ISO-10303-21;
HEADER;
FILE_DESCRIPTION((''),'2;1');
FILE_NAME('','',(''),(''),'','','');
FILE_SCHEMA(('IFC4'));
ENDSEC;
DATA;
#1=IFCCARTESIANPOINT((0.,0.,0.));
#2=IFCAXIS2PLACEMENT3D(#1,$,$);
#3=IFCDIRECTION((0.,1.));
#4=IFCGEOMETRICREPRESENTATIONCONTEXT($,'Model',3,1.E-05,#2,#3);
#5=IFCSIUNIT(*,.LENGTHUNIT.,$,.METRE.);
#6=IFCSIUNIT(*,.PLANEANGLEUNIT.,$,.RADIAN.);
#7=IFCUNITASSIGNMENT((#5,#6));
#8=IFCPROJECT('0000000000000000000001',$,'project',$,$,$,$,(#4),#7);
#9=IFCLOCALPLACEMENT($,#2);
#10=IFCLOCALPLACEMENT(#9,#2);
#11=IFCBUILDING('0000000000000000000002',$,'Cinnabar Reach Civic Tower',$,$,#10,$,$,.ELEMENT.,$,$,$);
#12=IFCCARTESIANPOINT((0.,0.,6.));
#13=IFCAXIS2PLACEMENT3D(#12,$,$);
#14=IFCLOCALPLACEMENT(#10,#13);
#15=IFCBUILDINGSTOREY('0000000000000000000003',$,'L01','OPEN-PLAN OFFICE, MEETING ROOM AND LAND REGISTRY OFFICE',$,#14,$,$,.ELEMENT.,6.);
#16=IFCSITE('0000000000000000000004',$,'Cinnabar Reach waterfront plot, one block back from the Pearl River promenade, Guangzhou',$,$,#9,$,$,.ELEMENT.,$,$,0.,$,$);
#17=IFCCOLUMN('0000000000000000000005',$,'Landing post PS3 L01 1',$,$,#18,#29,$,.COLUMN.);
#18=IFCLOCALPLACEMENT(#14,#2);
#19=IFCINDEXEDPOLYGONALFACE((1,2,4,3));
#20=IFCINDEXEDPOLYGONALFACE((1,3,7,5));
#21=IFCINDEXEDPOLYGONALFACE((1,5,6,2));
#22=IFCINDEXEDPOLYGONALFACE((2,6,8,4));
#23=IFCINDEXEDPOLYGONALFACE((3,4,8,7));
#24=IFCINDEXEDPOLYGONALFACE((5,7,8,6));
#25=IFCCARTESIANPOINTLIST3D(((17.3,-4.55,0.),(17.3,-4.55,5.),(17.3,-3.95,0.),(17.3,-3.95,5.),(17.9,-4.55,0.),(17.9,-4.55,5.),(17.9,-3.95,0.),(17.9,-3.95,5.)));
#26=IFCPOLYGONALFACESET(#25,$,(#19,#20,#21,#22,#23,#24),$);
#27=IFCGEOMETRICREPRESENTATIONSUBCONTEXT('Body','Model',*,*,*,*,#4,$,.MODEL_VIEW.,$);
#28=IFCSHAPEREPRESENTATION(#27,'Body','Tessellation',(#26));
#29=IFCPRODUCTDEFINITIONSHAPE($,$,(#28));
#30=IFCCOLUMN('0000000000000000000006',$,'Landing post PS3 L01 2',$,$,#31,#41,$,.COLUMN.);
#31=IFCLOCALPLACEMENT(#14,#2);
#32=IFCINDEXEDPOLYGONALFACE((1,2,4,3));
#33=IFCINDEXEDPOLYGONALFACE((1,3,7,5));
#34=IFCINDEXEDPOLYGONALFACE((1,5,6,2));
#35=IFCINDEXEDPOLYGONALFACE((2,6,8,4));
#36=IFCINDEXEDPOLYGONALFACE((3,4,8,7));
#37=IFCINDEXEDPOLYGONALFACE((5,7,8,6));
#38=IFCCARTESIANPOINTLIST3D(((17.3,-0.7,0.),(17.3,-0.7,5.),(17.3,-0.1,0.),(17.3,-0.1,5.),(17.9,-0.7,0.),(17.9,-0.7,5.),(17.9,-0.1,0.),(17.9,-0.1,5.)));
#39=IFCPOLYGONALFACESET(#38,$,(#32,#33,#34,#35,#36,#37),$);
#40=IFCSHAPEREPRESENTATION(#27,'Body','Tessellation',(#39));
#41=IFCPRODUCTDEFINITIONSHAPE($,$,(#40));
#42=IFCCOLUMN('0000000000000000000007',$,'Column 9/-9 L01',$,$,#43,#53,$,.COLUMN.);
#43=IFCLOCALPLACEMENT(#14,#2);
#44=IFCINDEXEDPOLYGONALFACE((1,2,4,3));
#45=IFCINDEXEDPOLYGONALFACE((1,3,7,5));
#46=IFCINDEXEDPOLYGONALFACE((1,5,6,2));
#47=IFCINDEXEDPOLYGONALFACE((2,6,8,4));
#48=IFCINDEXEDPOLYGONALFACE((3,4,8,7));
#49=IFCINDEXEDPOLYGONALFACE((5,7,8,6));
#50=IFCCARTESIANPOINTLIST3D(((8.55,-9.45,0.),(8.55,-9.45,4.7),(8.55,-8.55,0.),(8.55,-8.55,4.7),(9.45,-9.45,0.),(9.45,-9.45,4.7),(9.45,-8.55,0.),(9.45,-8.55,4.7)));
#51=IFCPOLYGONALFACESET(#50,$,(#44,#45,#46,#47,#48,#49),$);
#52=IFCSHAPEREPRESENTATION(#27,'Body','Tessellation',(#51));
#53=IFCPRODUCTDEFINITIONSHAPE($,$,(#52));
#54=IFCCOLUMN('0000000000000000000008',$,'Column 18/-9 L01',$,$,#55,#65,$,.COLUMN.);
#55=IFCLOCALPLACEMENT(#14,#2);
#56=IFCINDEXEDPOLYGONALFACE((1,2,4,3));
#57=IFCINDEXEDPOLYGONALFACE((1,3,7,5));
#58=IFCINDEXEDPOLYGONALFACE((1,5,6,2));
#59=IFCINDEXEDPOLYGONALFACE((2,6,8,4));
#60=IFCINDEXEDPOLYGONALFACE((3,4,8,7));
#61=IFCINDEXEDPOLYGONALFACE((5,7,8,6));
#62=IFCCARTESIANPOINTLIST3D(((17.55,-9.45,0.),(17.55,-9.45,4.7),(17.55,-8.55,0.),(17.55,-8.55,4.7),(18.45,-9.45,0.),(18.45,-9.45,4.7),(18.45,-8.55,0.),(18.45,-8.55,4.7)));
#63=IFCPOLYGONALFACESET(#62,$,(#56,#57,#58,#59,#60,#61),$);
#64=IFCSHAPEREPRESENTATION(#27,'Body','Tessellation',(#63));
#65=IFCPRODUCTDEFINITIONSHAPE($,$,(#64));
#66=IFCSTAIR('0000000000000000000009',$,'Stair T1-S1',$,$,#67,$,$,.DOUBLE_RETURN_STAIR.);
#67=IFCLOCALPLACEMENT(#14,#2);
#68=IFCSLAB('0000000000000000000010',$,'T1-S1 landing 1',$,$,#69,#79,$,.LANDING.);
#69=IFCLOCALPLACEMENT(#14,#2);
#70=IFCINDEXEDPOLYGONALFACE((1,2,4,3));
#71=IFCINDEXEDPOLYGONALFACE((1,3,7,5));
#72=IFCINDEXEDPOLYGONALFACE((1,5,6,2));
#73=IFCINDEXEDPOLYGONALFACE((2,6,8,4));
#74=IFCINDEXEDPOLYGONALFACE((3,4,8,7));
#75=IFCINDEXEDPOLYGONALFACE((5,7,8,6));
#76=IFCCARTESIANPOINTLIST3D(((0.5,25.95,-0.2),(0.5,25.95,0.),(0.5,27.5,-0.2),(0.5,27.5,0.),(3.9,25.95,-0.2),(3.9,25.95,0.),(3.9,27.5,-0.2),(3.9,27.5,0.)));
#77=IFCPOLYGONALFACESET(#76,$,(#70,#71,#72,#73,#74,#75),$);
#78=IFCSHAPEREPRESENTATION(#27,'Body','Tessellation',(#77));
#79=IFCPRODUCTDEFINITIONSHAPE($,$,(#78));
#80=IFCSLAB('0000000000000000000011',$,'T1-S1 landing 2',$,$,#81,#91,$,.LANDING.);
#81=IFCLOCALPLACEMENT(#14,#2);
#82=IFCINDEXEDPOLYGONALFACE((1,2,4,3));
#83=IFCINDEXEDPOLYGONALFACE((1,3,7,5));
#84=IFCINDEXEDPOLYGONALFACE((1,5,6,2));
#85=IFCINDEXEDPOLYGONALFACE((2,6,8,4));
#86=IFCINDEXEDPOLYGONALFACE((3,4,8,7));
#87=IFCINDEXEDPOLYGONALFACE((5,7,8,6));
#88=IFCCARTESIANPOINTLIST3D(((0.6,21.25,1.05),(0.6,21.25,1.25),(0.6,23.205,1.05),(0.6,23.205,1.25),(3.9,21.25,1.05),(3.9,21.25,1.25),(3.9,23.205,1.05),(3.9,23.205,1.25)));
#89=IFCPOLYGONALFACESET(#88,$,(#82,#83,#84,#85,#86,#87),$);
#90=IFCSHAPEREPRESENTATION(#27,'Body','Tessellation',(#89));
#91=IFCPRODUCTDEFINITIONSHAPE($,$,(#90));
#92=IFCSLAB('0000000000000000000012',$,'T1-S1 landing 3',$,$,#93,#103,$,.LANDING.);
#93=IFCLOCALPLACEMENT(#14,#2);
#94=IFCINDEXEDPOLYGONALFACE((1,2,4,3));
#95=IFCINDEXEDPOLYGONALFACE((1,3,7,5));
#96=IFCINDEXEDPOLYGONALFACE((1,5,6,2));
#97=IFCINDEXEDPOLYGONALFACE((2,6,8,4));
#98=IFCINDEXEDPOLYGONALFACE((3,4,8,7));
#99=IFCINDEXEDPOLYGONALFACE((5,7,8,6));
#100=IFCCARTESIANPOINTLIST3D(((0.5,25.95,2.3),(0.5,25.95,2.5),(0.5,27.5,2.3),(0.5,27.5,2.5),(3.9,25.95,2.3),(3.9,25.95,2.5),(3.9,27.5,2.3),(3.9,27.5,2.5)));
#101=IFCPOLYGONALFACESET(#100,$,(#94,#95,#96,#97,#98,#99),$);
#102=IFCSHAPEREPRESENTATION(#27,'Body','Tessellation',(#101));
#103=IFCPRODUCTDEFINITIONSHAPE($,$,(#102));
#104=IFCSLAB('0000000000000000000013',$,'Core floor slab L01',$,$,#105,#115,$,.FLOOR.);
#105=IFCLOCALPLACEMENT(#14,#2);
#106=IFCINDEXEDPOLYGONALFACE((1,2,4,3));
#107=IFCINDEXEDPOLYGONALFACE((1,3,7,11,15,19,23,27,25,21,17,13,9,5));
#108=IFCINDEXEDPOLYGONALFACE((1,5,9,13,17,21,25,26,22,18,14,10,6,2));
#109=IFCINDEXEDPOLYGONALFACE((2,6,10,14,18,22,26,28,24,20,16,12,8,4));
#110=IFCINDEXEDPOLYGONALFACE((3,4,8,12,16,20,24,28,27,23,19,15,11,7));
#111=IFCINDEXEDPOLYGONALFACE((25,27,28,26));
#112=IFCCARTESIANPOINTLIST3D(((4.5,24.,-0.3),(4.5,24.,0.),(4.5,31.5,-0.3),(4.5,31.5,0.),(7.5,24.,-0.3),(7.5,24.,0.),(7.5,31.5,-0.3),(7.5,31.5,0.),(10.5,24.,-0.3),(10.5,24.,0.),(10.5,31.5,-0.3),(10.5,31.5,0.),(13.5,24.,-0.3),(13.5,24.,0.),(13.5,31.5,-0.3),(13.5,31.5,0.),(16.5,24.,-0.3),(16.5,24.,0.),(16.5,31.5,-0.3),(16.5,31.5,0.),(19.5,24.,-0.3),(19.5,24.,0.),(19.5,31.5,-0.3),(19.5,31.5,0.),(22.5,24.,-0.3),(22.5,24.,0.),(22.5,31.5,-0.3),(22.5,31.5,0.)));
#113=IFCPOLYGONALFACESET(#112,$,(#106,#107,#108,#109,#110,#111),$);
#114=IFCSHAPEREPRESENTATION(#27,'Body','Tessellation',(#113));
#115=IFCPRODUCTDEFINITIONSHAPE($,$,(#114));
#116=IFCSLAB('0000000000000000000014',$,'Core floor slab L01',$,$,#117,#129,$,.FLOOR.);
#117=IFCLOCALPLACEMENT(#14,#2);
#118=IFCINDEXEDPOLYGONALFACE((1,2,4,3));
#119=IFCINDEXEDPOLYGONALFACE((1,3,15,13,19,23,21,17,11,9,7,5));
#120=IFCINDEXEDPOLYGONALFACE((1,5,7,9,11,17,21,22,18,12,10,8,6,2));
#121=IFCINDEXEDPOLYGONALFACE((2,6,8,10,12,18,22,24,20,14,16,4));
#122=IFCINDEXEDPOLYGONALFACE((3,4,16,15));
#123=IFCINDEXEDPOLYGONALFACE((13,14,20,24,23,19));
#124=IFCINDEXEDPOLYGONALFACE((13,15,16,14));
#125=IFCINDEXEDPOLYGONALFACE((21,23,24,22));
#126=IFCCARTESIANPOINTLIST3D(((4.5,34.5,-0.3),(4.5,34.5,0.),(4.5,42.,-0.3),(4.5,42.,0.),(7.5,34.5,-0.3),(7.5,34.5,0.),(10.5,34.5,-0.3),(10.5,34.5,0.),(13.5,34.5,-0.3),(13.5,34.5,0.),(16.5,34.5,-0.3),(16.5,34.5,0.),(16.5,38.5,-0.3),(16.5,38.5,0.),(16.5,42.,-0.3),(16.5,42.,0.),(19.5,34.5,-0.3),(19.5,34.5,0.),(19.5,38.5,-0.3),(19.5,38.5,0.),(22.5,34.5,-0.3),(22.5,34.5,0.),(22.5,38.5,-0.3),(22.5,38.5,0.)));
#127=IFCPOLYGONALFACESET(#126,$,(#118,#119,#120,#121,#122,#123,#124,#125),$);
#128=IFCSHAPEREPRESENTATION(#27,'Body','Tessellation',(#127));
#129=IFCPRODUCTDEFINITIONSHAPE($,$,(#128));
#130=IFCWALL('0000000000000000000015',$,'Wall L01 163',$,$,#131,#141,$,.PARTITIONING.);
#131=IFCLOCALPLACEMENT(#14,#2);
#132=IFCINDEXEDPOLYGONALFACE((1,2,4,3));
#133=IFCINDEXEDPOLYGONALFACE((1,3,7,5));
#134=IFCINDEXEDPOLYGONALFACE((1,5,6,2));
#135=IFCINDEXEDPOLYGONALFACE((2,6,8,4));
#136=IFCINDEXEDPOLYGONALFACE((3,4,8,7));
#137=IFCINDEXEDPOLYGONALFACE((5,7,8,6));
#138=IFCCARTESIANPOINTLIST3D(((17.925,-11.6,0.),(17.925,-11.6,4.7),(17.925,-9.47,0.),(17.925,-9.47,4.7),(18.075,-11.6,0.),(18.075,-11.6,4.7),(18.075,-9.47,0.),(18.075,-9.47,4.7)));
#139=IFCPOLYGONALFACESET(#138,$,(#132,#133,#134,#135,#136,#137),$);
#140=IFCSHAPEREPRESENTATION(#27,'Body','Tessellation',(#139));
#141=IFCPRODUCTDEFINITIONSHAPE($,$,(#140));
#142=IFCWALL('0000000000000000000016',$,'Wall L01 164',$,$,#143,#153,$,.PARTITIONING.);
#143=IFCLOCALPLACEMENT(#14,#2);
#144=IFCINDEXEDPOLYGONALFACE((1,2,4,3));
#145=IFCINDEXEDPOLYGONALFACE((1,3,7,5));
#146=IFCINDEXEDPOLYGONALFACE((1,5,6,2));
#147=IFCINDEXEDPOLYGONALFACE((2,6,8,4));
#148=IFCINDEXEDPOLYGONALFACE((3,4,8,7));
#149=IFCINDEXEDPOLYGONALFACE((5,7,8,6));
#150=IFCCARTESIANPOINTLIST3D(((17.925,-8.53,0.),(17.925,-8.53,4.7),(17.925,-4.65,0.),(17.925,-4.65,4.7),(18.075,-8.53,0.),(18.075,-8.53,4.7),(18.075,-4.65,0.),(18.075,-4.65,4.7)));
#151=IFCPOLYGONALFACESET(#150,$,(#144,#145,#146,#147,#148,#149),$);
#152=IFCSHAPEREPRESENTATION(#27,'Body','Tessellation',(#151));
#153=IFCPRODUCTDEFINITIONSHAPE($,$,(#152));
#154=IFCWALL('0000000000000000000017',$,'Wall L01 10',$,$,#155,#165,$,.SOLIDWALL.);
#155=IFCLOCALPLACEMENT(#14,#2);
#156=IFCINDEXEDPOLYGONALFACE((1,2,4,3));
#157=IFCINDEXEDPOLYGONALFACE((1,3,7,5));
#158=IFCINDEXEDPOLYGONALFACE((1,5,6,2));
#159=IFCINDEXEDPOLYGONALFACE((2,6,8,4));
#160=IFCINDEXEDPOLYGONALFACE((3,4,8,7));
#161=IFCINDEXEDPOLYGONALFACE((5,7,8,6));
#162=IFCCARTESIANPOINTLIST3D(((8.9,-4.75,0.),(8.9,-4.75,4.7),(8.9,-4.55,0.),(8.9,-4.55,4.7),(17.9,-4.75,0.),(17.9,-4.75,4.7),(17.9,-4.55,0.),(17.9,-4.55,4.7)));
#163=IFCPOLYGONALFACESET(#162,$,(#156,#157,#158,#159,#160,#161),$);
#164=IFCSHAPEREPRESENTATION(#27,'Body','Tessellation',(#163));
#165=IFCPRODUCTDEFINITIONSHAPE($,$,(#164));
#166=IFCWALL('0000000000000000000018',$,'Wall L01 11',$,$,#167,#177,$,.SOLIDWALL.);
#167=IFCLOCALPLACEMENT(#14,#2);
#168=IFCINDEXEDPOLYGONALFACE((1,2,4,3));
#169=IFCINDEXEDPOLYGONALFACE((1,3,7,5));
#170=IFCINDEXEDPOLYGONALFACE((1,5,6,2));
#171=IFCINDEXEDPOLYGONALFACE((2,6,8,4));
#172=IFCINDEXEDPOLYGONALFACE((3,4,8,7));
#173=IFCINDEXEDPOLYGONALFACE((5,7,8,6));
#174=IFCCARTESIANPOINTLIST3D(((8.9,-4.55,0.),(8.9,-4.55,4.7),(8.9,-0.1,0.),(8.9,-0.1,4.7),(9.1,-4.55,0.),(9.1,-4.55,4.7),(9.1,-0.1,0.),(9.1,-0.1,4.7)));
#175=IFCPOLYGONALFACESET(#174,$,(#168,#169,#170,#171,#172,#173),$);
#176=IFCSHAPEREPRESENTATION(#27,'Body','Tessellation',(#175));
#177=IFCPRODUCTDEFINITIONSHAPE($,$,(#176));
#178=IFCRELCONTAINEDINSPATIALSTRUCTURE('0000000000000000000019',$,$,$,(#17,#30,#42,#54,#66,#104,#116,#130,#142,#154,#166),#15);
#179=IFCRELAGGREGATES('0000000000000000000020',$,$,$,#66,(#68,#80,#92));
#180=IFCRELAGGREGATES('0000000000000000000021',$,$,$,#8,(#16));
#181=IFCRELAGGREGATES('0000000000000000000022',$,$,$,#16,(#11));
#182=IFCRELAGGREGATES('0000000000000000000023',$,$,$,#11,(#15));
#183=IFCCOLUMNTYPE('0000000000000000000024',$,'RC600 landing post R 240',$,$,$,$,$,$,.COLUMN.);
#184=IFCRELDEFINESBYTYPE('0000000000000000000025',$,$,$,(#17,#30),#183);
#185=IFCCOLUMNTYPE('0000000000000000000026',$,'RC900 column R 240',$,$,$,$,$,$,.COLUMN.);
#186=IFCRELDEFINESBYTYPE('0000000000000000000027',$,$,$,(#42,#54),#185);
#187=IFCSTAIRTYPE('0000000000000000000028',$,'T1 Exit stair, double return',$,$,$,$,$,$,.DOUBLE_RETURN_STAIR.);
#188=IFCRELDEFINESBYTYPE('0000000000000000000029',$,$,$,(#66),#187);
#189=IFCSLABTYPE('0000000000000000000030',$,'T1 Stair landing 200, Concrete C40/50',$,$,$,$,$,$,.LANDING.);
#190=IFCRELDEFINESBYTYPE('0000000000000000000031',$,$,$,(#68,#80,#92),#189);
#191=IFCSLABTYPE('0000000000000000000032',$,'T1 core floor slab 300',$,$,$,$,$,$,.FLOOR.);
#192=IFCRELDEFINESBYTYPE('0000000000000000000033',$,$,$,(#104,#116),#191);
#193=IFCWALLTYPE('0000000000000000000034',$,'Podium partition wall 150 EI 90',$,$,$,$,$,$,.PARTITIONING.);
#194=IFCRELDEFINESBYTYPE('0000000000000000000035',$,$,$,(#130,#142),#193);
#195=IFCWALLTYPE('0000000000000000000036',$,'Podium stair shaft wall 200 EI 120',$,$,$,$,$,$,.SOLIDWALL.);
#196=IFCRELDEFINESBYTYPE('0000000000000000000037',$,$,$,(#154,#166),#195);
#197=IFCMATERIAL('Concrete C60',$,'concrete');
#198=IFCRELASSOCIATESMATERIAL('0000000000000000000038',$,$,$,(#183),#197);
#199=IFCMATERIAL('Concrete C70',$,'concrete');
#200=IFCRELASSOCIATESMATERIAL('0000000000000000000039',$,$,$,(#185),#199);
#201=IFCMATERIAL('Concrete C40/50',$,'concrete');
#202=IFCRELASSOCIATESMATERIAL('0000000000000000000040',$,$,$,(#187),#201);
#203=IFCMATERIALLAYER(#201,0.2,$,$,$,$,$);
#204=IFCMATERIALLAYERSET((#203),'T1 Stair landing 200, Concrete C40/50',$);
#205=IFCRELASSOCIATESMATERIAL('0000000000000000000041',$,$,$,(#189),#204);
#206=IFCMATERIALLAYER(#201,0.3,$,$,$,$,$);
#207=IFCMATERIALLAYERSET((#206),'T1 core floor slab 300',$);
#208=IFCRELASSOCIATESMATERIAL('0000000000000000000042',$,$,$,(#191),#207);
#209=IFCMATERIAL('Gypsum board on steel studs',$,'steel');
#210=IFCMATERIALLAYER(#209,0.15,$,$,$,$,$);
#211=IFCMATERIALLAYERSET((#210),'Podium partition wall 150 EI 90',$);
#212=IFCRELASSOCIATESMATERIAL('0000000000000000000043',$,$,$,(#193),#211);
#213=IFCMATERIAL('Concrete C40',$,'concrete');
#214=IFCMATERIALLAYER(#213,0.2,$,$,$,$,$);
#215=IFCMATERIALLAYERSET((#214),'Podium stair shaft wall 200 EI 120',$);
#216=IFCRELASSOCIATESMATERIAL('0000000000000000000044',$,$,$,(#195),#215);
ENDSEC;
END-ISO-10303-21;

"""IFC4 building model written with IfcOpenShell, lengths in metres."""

from ifc_helpers import new_model, si_unit, direction, frame, frame_2d, origin, origin_2d, place, context, subcontext, project, spatial, polyline, rectangle, outline, extrude, material, layer, layer_set, material_profile, profile_set, type_object, element, aggregate, save


model = new_model("IFC4")

# Units and contexts
model_context = context("Model", 3, precision=1e-05, world=origin(), true_north=direction((0.0, 1.0)))
body_context = subcontext(model_context, "Body", "Model", "MODEL_VIEW")
ifc_project = project(units=[si_unit("LENGTHUNIT", "METRE"), si_unit("PLANEANGLEUNIT", "RADIAN")], contexts=[model_context])

# Site, building, storey
site_placement = place(None, origin())
site = spatial("IfcSite", under=ifc_project, at=site_placement, Name="Cinnabar Reach waterfront plot, one block back from the Pearl River promenade, Guangzhou", CompositionType="ELEMENT", RefElevation=0.0)
building_placement = place(site_placement, origin())
building = spatial("IfcBuilding", under=site, at=building_placement, Name="Cinnabar Reach Civic Tower", CompositionType="ELEMENT")
storey_placement = place(building_placement, frame((0.0, 0.0, 6.0)))
storey = spatial("IfcBuildingStorey", under=building, at=storey_placement, Name="L01", Description="OPEN-PLAN OFFICE, MEETING ROOM AND LAND REGISTRY OFFICE", CompositionType="ELEMENT", Elevation=6.0)

# Columns
ifc_material_1 = material(Name="Concrete C60", Category="concrete")
ifc_material_profile_1 = material_profile(ifc_material_1, rectangle(XDim=0.6, YDim=0.6, at=origin_2d()), Name="RC600")
ifc_profile_set_1 = profile_set([ifc_material_profile_1], Name="Concrete C60")
column_type_1 = type_object("IfcColumnType", Name="RC600 landing post R 240", PredefinedType="COLUMN", material=ifc_profile_set_1)
for number, where, z_axis, x_axis, name in (
    (1, (17.6, -4.25, 0.0), (0.0, 0.0, 1.0), (1.0, 0.0, 0.0), "Landing post PS3 L01 1"),
    (2, (17.6, -0.4, 0.0), (0.0, 0.0, 1.0), (1.0, 0.0, 0.0), "Landing post PS3 L01 2"),
):
    element("IfcColumn", number, at=place(storey_placement, frame(where, z_axis=z_axis, x_axis=x_axis)), inside=storey, type_object=column_type_1, Name=name, PredefinedType="COLUMN", context=body_context, shape_type="SweptSolid", body=[
        extrude(rectangle(XDim=0.6, YDim=0.6, at=origin_2d()), origin(), (0.0, 0.0, 1.0), 5.0),
    ])
ifc_material_2 = material(Name="Concrete C70", Category="concrete")
ifc_material_profile_2 = material_profile(ifc_material_2, rectangle(XDim=0.9, YDim=0.9, at=origin_2d()), Name="RC900")
ifc_profile_set_2 = profile_set([ifc_material_profile_2], Name="Concrete C70")
column_type_2 = type_object("IfcColumnType", Name="RC900 column R 240", PredefinedType="COLUMN", material=ifc_profile_set_2)
for number, where, z_axis, x_axis, name in (
    (3, (9.0, -9.0, 0.0), (0.0, 0.0, 1.0), (1.0, 0.0, 0.0), "Column 9/-9 L01"),
    (4, (18.0, -9.0, 0.0), (0.0, 0.0, 1.0), (1.0, 0.0, 0.0), "Column 18/-9 L01"),
):
    element("IfcColumn", number, at=place(storey_placement, frame(where, z_axis=z_axis, x_axis=x_axis)), inside=storey, type_object=column_type_2, Name=name, PredefinedType="COLUMN", context=body_context, shape_type="SweptSolid", body=[
        extrude(rectangle(XDim=0.9, YDim=0.9, at=origin_2d()), origin(), (0.0, 0.0, 1.0), 4.7),
    ])

# Stair, slabs
ifc_material_3 = material(Name="Concrete C40/50", Category="concrete")
stair_type_1 = type_object("IfcStairType", Name="T1 Exit stair, double return", PredefinedType="DOUBLE_RETURN_STAIR", material=ifc_material_3)
stair_1_placement = place(storey_placement, origin())
stair_1 = element("IfcStair", 5, at=stair_1_placement, inside=storey, type_object=stair_type_1, Name="Stair T1-S1", PredefinedType="DOUBLE_RETURN_STAIR")
ifc_layer_1 = layer(ifc_material_3, 0.2)
ifc_layer_set_1 = layer_set([ifc_layer_1], Name="T1 Stair landing 200, Concrete C40/50")
slab_type_1 = type_object("IfcSlabType", Name="T1 Stair landing 200, Concrete C40/50", PredefinedType="LANDING", material=ifc_layer_set_1)
slab_1_placement = place(storey_placement, frame((0.0, 0.0, -0.2)))
slab_1 = element("IfcSlab", 6, at=slab_1_placement, type_object=slab_type_1, Name="T1-S1 landing 1", PredefinedType="LANDING", context=body_context, shape_type="SweptSolid", body=[
    extrude(outline(polyline([(3.9, 25.95), (3.9, 27.5), (0.5, 27.5), (0.5, 25.95), (3.9, 25.95)])), origin(), (0.0, 0.0, 1.0), 0.2),
])
slab_2_placement = place(storey_placement, frame((0.0, 0.0, 1.05)))
slab_2 = element("IfcSlab", 7, at=slab_2_placement, type_object=slab_type_1, Name="T1-S1 landing 2", PredefinedType="LANDING", context=body_context, shape_type="SweptSolid", body=[
    extrude(outline(polyline([(3.9, 21.25), (3.9, 23.205), (0.6, 23.205), (0.6, 21.25), (3.9, 21.25)])), origin(), (0.0, 0.0, 1.0), 0.2),
])
slab_3_placement = place(storey_placement, frame((0.0, 0.0, 2.3)))
slab_3 = element("IfcSlab", 8, at=slab_3_placement, type_object=slab_type_1, Name="T1-S1 landing 3", PredefinedType="LANDING", context=body_context, shape_type="SweptSolid", body=[
    extrude(outline(polyline([(3.9, 25.95), (3.9, 27.5), (0.5, 27.5), (0.5, 25.95), (3.9, 25.95)])), origin(), (0.0, 0.0, 1.0), 0.2),
])
aggregate(stair_1, [slab_1, slab_2, slab_3])

# Slabs
ifc_layer_2 = layer(ifc_material_3, 0.3)
ifc_layer_set_2 = layer_set([ifc_layer_2], Name="T1 core floor slab 300")
slab_type_2 = type_object("IfcSlabType", Name="T1 core floor slab 300", PredefinedType="FLOOR", material=ifc_layer_set_2)
slab_4_placement = place(storey_placement, frame((0.0, 0.0, -0.3)))
element("IfcSlab", 9, at=slab_4_placement, inside=storey, type_object=slab_type_2, Name="Core floor slab L01", PredefinedType="FLOOR", context=body_context, shape_type="SweptSolid", body=[
    extrude(outline(polyline([(22.5, 24.0), (19.5, 24.0), (16.5, 24.0), (13.5, 24.0), (10.5, 24.0), (7.5, 24.0), (4.5, 24.0), (4.5, 31.5), (7.5, 31.5), (10.5, 31.5), (13.5, 31.5), (16.5, 31.5), (19.5, 31.5), (22.5, 31.5), (22.5, 24.0)])), origin(), (0.0, 0.0, 1.0), 0.3),
])
slab_5_placement = place(storey_placement, frame((0.0, 0.0, -0.3)))
element("IfcSlab", 10, at=slab_5_placement, inside=storey, type_object=slab_type_2, Name="Core floor slab L01", PredefinedType="FLOOR", context=body_context, shape_type="SweptSolid", body=[
    extrude(outline(polyline([(22.5, 34.5), (19.5, 34.5), (16.5, 34.5), (13.5, 34.5), (10.5, 34.5), (7.5, 34.5), (4.5, 34.5), (4.5, 42.0), (16.5, 42.0), (16.5, 38.5), (19.5, 38.5), (22.5, 38.5), (22.5, 34.5)])), origin(), (0.0, 0.0, 1.0), 0.3),
])

# Walls
ifc_material_4 = material(Name="Gypsum board on steel studs", Category="steel")
ifc_layer_3 = layer(ifc_material_4, 0.15)
ifc_layer_set_3 = layer_set([ifc_layer_3], Name="Podium partition wall 150 EI 90")
wall_type_1 = type_object("IfcWallType", Name="Podium partition wall 150 EI 90", PredefinedType="PARTITIONING", material=ifc_layer_set_3)
wall_1_placement = place(storey_placement, frame((18.0, -11.6, 0.0), z_axis=(0.0, 0.0, 1.0), x_axis=(0.0, 1.0, 0.0)))
element("IfcWall", 11, at=wall_1_placement, inside=storey, type_object=wall_type_1, Name="Wall L01 163", PredefinedType="PARTITIONING", context=body_context, shape_type="SweptSolid", body=[
    extrude(rectangle(XDim=2.13, YDim=0.15, at=frame_2d((1.065, 0.0))), origin(), (0.0, 0.0, 1.0), 4.7),
])
wall_2_placement = place(storey_placement, frame((18.0, -8.53, 0.0), z_axis=(0.0, 0.0, 1.0), x_axis=(0.0, 1.0, 0.0)))
element("IfcWall", 12, at=wall_2_placement, inside=storey, type_object=wall_type_1, Name="Wall L01 164", PredefinedType="PARTITIONING", context=body_context, shape_type="SweptSolid", body=[
    extrude(rectangle(XDim=3.88, YDim=0.15, at=frame_2d((1.94, 0.0))), origin(), (0.0, 0.0, 1.0), 4.7),
])
ifc_material_5 = material(Name="Concrete C40", Category="concrete")
ifc_layer_4 = layer(ifc_material_5, 0.2)
ifc_layer_set_4 = layer_set([ifc_layer_4], Name="Podium stair shaft wall 200 EI 120")
wall_type_2 = type_object("IfcWallType", Name="Podium stair shaft wall 200 EI 120", PredefinedType="SOLIDWALL", material=ifc_layer_set_4)
wall_3_placement = place(storey_placement, frame((8.9, -4.65, 0.0), z_axis=(0.0, 0.0, 1.0), x_axis=(1.0, 0.0, 0.0)))
element("IfcWall", 13, at=wall_3_placement, inside=storey, type_object=wall_type_2, Name="Wall L01 10", PredefinedType="SOLIDWALL", context=body_context, shape_type="SweptSolid", body=[
    extrude(rectangle(XDim=9.0, YDim=0.2, at=frame_2d((4.5, 0.0))), origin(), (0.0, 0.0, 1.0), 4.7),
])
wall_4_placement = place(storey_placement, frame((9.0, -4.55, 0.0), z_axis=(0.0, 0.0, 1.0), x_axis=(0.0, 1.0, 0.0)))
element("IfcWall", 14, at=wall_4_placement, inside=storey, type_object=wall_type_2, Name="Wall L01 11", PredefinedType="SOLIDWALL", context=body_context, shape_type="SweptSolid", body=[
    extrude(rectangle(XDim=4.45, YDim=0.2, at=frame_2d((2.225, 0.0))), origin(), (0.0, 0.0, 1.0), 4.7),
])

save(model, "model.ifc")
